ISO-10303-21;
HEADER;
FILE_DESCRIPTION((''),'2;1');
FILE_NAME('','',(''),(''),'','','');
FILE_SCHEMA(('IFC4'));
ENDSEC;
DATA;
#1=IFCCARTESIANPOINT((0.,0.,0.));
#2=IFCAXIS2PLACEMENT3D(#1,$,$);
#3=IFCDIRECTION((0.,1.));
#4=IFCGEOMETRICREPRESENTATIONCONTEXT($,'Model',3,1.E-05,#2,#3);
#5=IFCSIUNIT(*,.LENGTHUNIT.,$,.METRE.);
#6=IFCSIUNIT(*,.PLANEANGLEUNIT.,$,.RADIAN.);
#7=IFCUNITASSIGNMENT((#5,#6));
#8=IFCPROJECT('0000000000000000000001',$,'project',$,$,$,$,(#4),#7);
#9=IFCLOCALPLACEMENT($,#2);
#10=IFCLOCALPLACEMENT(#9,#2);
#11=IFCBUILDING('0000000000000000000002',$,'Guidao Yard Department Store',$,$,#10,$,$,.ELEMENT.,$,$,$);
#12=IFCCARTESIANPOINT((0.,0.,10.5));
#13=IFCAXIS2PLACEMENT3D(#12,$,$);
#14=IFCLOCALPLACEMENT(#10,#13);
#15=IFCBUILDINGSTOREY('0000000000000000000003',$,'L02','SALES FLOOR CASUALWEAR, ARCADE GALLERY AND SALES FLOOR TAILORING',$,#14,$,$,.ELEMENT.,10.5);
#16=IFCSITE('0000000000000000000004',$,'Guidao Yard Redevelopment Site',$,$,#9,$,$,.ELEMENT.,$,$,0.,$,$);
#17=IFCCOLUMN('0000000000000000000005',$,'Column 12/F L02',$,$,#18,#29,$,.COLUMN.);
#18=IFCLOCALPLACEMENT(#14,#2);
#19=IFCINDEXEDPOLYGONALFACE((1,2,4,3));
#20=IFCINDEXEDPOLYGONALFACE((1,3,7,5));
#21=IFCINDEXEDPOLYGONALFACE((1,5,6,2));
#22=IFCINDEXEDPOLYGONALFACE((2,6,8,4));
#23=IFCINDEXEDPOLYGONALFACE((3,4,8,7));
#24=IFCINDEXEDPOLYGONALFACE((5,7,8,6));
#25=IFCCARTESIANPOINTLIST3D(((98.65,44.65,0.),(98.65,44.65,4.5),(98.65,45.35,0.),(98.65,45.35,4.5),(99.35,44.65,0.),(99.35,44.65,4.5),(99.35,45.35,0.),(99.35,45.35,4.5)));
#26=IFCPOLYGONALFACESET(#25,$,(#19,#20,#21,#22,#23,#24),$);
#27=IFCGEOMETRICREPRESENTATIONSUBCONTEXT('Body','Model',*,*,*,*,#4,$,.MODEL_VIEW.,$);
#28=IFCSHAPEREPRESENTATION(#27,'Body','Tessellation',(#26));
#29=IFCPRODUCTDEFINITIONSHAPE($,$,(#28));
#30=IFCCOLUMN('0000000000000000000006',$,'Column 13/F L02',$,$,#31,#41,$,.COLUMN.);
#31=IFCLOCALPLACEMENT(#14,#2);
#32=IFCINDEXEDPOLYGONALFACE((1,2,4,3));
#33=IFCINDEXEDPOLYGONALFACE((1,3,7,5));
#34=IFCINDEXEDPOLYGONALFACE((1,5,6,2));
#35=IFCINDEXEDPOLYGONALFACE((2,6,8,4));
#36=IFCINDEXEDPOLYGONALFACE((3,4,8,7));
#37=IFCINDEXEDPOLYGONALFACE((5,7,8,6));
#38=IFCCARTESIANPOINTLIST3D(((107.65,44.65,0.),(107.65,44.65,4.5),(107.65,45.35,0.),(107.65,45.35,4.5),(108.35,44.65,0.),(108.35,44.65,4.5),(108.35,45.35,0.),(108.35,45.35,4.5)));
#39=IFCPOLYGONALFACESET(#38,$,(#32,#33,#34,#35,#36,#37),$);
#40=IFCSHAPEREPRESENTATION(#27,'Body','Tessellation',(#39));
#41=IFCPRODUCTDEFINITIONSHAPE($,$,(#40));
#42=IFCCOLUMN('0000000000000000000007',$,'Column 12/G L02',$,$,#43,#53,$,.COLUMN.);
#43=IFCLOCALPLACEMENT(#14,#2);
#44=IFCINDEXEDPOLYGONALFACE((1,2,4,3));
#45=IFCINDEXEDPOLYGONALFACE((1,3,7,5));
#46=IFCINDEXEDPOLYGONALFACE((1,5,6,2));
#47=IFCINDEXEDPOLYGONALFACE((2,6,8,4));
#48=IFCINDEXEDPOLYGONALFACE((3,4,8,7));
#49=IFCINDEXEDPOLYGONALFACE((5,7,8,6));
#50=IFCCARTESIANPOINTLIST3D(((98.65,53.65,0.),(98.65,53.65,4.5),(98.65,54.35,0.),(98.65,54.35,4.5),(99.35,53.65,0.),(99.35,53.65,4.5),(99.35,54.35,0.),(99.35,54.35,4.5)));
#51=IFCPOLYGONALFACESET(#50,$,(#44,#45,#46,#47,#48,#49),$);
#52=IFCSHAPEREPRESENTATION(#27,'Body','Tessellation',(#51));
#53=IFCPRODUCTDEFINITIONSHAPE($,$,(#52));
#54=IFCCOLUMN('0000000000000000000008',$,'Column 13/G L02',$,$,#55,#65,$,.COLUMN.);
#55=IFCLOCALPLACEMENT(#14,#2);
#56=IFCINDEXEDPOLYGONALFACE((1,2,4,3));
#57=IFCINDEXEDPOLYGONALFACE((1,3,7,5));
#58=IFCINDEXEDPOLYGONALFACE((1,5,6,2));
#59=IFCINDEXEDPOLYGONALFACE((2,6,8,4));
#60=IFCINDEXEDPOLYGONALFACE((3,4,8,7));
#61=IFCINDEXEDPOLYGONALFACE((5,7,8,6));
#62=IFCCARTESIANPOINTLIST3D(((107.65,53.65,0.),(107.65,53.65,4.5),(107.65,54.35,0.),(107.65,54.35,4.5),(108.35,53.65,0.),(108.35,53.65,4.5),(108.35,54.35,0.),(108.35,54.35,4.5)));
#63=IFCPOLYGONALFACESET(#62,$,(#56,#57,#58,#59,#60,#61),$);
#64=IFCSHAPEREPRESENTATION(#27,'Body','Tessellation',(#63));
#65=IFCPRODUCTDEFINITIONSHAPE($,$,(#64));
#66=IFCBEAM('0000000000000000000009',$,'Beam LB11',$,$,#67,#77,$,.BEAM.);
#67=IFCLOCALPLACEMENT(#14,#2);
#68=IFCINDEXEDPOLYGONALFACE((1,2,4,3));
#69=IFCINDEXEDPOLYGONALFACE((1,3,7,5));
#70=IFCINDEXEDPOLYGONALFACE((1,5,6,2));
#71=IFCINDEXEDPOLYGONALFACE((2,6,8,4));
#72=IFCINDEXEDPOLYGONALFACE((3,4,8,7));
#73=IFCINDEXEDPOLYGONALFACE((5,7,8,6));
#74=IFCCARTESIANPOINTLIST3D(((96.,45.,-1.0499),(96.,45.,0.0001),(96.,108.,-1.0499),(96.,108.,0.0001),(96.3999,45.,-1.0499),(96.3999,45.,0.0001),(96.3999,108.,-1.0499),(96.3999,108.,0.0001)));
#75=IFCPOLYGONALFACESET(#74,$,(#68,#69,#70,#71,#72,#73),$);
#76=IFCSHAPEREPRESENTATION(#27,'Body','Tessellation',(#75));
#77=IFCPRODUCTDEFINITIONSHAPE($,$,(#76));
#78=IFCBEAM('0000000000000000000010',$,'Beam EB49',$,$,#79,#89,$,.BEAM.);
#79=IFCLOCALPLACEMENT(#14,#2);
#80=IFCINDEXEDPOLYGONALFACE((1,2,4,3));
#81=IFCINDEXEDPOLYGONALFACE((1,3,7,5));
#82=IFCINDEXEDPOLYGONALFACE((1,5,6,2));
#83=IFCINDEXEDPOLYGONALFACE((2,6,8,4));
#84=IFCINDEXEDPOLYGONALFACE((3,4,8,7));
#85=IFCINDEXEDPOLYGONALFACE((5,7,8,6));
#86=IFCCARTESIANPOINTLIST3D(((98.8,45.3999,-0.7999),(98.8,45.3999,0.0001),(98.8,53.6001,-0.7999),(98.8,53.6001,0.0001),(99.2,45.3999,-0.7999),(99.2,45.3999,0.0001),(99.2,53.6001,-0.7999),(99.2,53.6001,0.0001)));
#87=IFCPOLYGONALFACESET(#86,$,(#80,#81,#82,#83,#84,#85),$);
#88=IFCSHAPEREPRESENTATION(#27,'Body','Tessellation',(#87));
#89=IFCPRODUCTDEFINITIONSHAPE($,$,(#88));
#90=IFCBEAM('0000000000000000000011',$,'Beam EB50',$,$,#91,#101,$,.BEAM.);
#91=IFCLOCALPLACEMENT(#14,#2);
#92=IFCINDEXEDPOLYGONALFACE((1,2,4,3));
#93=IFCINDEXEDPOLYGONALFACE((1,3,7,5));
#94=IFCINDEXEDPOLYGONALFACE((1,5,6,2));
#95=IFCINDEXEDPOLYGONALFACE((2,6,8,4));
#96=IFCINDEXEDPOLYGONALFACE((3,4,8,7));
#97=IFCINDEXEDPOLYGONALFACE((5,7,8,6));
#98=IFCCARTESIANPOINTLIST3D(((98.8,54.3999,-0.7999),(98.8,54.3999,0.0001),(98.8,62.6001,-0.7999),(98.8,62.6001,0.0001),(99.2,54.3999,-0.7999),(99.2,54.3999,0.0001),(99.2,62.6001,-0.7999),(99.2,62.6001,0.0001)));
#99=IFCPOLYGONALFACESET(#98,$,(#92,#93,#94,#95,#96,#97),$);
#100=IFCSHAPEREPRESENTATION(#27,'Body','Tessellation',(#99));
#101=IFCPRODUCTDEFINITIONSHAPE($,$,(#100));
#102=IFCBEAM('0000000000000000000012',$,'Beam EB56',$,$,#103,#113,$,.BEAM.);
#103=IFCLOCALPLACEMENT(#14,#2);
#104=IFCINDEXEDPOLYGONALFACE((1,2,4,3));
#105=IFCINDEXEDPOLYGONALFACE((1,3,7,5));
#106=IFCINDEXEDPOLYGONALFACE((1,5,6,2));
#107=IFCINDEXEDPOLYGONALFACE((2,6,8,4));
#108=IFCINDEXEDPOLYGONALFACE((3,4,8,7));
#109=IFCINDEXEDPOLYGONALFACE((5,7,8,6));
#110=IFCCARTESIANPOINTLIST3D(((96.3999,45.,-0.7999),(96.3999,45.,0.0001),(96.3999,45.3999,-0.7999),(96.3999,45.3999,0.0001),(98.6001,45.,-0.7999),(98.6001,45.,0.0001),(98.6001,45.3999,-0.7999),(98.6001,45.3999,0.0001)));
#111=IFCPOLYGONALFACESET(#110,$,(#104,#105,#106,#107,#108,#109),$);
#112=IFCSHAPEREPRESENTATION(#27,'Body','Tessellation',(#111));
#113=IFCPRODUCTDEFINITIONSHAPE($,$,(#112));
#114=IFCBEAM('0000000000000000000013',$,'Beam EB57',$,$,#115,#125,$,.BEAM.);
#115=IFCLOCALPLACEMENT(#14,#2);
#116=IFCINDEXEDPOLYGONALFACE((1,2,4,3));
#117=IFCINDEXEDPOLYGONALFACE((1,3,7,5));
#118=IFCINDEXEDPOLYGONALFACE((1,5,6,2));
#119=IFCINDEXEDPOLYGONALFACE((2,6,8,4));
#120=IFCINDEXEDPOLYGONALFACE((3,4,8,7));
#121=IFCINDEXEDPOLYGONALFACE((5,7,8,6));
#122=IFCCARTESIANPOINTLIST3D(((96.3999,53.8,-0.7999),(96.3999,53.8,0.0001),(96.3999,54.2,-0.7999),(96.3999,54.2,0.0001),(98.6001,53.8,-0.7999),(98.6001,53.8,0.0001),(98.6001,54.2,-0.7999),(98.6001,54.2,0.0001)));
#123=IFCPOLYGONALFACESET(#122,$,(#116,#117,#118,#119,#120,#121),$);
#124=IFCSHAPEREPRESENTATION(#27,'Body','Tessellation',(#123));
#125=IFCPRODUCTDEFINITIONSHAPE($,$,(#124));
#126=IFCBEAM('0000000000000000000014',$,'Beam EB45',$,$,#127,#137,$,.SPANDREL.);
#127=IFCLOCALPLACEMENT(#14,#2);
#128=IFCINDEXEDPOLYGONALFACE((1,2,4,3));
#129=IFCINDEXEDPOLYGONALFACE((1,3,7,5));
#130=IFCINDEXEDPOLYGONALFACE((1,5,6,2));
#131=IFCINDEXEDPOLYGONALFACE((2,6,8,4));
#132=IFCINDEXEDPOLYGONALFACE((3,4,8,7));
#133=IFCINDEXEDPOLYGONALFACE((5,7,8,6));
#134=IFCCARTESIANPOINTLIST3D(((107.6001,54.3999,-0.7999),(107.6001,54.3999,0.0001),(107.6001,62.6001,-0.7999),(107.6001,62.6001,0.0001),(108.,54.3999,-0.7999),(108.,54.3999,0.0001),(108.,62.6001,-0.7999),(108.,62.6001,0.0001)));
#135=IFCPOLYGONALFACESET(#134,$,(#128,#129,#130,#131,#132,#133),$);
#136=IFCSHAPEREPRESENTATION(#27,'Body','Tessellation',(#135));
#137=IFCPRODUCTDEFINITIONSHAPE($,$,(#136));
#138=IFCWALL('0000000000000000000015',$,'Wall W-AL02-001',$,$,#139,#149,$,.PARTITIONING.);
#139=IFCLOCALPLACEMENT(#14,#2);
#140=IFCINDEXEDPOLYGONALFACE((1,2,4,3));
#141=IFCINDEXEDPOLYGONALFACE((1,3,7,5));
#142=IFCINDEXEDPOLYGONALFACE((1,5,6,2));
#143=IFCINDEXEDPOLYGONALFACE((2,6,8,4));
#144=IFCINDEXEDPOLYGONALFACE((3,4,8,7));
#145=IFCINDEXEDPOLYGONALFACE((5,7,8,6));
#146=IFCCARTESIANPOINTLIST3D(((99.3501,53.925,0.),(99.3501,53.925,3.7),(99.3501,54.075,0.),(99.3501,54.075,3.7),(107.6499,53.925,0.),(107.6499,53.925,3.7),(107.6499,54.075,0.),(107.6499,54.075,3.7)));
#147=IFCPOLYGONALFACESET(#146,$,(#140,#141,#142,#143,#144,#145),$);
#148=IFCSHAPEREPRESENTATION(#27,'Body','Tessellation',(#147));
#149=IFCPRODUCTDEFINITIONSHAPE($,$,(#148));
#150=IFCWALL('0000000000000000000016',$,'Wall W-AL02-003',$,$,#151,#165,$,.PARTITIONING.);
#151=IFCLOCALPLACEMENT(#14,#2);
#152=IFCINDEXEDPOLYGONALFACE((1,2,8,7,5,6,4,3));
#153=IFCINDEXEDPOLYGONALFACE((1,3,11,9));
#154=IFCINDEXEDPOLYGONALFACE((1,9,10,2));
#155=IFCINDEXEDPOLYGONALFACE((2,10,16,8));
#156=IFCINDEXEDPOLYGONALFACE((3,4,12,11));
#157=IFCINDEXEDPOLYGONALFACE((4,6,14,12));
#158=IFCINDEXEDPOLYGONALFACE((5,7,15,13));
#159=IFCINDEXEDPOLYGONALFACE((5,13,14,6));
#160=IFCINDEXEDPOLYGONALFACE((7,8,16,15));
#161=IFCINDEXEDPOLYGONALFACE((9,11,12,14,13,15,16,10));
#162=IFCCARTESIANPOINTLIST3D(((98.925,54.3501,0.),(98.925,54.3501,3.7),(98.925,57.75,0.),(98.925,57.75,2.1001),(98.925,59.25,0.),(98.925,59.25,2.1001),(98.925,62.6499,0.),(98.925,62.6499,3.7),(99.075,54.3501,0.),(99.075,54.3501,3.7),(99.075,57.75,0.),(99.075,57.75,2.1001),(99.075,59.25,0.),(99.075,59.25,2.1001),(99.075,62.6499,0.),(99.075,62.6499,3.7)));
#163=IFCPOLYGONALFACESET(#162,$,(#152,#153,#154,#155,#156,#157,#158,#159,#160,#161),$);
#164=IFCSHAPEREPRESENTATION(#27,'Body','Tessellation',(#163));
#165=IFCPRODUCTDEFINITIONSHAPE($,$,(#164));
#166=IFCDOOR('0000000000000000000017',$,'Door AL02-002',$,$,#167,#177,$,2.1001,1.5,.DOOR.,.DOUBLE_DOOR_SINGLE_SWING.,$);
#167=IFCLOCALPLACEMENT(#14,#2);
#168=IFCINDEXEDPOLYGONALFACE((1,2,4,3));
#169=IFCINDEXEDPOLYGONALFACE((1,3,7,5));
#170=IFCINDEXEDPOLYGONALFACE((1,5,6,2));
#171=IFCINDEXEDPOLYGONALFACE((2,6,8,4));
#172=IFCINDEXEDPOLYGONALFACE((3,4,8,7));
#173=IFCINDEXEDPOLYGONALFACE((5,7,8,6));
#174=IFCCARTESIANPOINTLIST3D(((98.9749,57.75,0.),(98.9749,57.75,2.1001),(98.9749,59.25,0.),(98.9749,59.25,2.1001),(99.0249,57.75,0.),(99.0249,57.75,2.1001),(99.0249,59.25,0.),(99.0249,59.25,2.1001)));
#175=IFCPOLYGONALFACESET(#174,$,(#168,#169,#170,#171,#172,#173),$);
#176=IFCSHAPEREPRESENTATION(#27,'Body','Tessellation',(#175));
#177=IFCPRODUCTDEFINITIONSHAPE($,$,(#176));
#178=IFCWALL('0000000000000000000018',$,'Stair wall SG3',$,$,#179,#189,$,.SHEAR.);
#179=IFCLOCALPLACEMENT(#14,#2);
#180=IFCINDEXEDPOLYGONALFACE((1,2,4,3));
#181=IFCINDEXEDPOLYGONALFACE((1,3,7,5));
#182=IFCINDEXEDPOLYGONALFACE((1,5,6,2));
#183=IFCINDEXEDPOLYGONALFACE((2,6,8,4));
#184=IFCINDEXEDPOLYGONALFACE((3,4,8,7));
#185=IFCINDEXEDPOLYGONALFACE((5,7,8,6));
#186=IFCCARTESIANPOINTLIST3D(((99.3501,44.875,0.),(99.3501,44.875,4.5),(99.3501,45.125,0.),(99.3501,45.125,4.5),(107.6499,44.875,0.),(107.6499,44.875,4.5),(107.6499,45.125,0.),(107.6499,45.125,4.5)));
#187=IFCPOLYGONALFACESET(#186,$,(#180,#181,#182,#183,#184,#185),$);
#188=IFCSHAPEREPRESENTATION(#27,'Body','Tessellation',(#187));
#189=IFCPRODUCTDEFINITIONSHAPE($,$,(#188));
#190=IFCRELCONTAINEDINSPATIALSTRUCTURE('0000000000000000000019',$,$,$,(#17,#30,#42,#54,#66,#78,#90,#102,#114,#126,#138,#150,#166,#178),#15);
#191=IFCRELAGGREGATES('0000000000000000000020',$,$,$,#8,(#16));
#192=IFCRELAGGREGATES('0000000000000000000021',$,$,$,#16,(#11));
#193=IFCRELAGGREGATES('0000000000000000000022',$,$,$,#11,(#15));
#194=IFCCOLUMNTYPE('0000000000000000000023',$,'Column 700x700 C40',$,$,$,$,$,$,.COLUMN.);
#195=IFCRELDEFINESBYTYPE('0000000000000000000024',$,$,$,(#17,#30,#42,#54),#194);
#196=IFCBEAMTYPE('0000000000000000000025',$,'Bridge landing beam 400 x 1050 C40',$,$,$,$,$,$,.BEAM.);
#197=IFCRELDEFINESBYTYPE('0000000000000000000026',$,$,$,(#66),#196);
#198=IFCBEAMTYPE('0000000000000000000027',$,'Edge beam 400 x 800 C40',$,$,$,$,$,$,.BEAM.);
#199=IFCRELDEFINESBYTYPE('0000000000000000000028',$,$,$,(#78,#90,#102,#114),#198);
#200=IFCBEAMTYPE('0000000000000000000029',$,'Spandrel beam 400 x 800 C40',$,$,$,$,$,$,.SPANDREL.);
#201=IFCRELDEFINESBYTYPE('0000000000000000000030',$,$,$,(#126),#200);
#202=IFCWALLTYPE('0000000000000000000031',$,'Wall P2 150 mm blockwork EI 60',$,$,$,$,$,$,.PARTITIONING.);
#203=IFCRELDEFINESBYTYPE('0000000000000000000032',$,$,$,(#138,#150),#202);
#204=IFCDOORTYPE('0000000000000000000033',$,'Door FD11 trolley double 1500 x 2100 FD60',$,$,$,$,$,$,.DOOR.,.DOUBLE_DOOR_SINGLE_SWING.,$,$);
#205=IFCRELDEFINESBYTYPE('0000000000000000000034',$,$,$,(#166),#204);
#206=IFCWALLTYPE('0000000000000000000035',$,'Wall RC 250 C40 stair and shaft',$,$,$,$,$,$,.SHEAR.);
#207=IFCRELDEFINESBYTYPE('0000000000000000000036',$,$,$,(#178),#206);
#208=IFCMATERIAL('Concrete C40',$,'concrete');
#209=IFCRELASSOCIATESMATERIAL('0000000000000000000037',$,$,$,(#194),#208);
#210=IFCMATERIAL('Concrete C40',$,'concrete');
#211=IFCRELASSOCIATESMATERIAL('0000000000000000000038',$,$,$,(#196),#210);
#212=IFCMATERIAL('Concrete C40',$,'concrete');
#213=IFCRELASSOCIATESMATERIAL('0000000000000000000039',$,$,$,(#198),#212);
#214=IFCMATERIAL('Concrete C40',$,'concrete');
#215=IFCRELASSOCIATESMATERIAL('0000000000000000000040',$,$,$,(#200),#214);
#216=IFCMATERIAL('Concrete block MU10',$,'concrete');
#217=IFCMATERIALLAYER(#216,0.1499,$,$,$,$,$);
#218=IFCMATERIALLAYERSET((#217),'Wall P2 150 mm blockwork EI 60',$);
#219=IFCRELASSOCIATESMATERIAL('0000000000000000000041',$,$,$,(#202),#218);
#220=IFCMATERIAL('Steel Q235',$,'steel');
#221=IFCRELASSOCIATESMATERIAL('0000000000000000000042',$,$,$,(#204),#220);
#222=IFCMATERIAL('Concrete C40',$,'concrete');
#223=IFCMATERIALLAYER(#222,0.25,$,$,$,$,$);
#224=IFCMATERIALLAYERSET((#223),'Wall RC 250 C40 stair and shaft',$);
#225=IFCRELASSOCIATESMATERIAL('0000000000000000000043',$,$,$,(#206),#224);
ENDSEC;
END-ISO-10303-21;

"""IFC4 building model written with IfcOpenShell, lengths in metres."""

from ifc_helpers import new_model, si_unit, direction, frame, frame_2d, origin, origin_2d, place, context, subcontext, project, spatial, rectangle, extrude, material, layer, layer_set, material_profile, profile_set, type_object, element, fill, save


model = new_model("IFC4")

# Units and contexts
model_context = context("Model", 3, precision=1e-05, world=origin(), true_north=direction((0.0, 1.0)))
body_context = subcontext(model_context, "Body", "Model", "MODEL_VIEW")
ifc_project = project(units=[si_unit("LENGTHUNIT", "METRE"), si_unit("PLANEANGLEUNIT", "RADIAN")], contexts=[model_context])

# Site, building, storey
site_placement = place(None, origin())
site = spatial("IfcSite", under=ifc_project, at=site_placement, Name="Guidao Yard Redevelopment Site", CompositionType="ELEMENT", RefElevation=0.0)
building_placement = place(site_placement, origin())
building = spatial("IfcBuilding", under=site, at=building_placement, Name="Guidao Yard Department Store", CompositionType="ELEMENT")
storey_placement = place(building_placement, frame((0.0, 0.0, 10.5)))
storey = spatial("IfcBuildingStorey", under=building, at=storey_placement, Name="L02", Description="SALES FLOOR CASUALWEAR, ARCADE GALLERY AND SALES FLOOR TAILORING", CompositionType="ELEMENT", Elevation=10.5)

# Columns
ifc_material_1 = material(Name="Concrete C40", Category="concrete")
ifc_material_profile_1 = material_profile(ifc_material_1, rectangle(XDim=0.7, YDim=0.7, at=origin_2d()), Name="COL 700x700")
ifc_profile_set_1 = profile_set([ifc_material_profile_1], Name="Concrete C40")
column_type = type_object("IfcColumnType", Name="Column 700x700 C40", PredefinedType="COLUMN", material=ifc_profile_set_1)
for number, where, z_axis, x_axis, name in (
    (1, (99.0, 45.0, 0.0), (0.0, 0.0, 1.0), (1.0, 0.0, 0.0), "Column 12/F L02"),
    (2, (108.0, 45.0, 0.0), (0.0, 0.0, 1.0), (1.0, 0.0, 0.0), "Column 13/F L02"),
    (3, (99.0, 54.0, 0.0), (0.0, 0.0, 1.0), (1.0, 0.0, 0.0), "Column 12/G L02"),
    (4, (108.0, 54.0, 0.0), (0.0, 0.0, 1.0), (1.0, 0.0, 0.0), "Column 13/G L02"),
):
    element("IfcColumn", number, at=place(storey_placement, frame(where, z_axis=z_axis, x_axis=x_axis)), inside=storey, type_object=column_type, Name=name, PredefinedType="COLUMN", context=body_context, shape_type="SweptSolid", body=[
        extrude(rectangle(XDim=0.7, YDim=0.7, at=origin_2d()), origin(), (0.0, 0.0, 1.0), 4.5),
    ])

# Beams
ifc_material_2 = material(Name="Concrete C40", Category="concrete")
ifc_material_profile_2 = material_profile(ifc_material_2, rectangle(XDim=0.3999, YDim=1.05, at=origin_2d()), Name="Bridge landing beam 400 x 1050 C40")
ifc_profile_set_2 = profile_set([ifc_material_profile_2], Name="Concrete C40")
beam_type_1 = type_object("IfcBeamType", Name="Bridge landing beam 400 x 1050 C40", PredefinedType="BEAM", material=ifc_profile_set_2)
beam_1_placement = place(storey_placement, frame((96.2, 45.0, -0.5249), z_axis=(0.0, 1.0, 0.0), x_axis=(-1.0, 0.0, 0.0)))
element("IfcBeam", 5, at=beam_1_placement, inside=storey, type_object=beam_type_1, Name="Beam LB11", PredefinedType="BEAM", context=body_context, shape_type="SweptSolid", body=[
    extrude(rectangle(XDim=0.3999, YDim=1.05, at=origin_2d()), origin(), (0.0, 0.0, 1.0), 63.0),
])
ifc_material_3 = material(Name="Concrete C40", Category="concrete")
ifc_material_profile_3 = material_profile(ifc_material_3, rectangle(XDim=0.3999, YDim=0.8, at=origin_2d()), Name="Edge beam 400 x 800 C40")
ifc_profile_set_3 = profile_set([ifc_material_profile_3], Name="Concrete C40")
beam_type_2 = type_object("IfcBeamType", Name="Edge beam 400 x 800 C40", PredefinedType="BEAM", material=ifc_profile_set_3)
for number, where, z_axis, x_axis, name in (
    (6, (99.0, 45.3999, -0.3999), (0.0, 1.0, 0.0), (-1.0, 0.0, 0.0), "Beam EB49"),
    (7, (99.0, 54.3999, -0.3999), (0.0, 1.0, 0.0), (-1.0, 0.0, 0.0), "Beam EB50"),
):
    element("IfcBeam", number, at=place(storey_placement, frame(where, z_axis=z_axis, x_axis=x_axis)), inside=storey, type_object=beam_type_2, Name=name, PredefinedType="BEAM", context=body_context, shape_type="SweptSolid", body=[
        extrude(rectangle(XDim=0.3999, YDim=0.8, at=origin_2d()), origin(), (0.0, 0.0, 1.0), 8.2002),
    ])
for number, where, z_axis, x_axis, name in (
    (8, (96.3999, 45.2, -0.3999), (1.0, 0.0, 0.0), (0.0, 1.0, 0.0), "Beam EB56"),
    (9, (96.3999, 54.0, -0.3999), (1.0, 0.0, 0.0), (0.0, 1.0, 0.0), "Beam EB57"),
):
    element("IfcBeam", number, at=place(storey_placement, frame(where, z_axis=z_axis, x_axis=x_axis)), inside=storey, type_object=beam_type_2, Name=name, PredefinedType="BEAM", context=body_context, shape_type="SweptSolid", body=[
        extrude(rectangle(XDim=0.3999, YDim=0.8, at=origin_2d()), origin(), (0.0, 0.0, 1.0), 2.2002),
    ])
ifc_material_4 = material(Name="Concrete C40", Category="concrete")
ifc_material_profile_4 = material_profile(ifc_material_4, rectangle(XDim=0.3999, YDim=0.8, at=origin_2d()), Name="Spandrel beam 400 x 800 C40")
ifc_profile_set_4 = profile_set([ifc_material_profile_4], Name="Concrete C40")
beam_type_3 = type_object("IfcBeamType", Name="Spandrel beam 400 x 800 C40", PredefinedType="SPANDREL", material=ifc_profile_set_4)
beam_2_placement = place(storey_placement, frame((107.8, 54.3999, -0.3999), z_axis=(0.0, 1.0, 0.0), x_axis=(-1.0, 0.0, 0.0)))
element("IfcBeam", 10, at=beam_2_placement, inside=storey, type_object=beam_type_3, Name="Beam EB45", PredefinedType="SPANDREL", context=body_context, shape_type="SweptSolid", body=[
    extrude(rectangle(XDim=0.3999, YDim=0.8, at=origin_2d()), origin(), (0.0, 0.0, 1.0), 8.2002),
])

# Wall
ifc_material_5 = material(Name="Concrete block MU10", Category="concrete")
ifc_layer_1 = layer(ifc_material_5, 0.1499)
ifc_layer_set_1 = layer_set([ifc_layer_1], Name="Wall P2 150 mm blockwork EI 60")
wall_type_1 = type_object("IfcWallType", Name="Wall P2 150 mm blockwork EI 60", PredefinedType="PARTITIONING", material=ifc_layer_set_1)
wall_1_placement = place(storey_placement, frame((99.3501, 54.0, 0.0), z_axis=(0.0, 0.0, 1.0), x_axis=(1.0, 0.0, 0.0)))
element("IfcWall", 11, at=wall_1_placement, inside=storey, type_object=wall_type_1, Name="Wall W-AL02-001", PredefinedType="PARTITIONING", context=body_context, shape_type="SweptSolid", body=[
    extrude(rectangle(XDim=8.2998, YDim=0.1499, at=frame_2d((4.1499, 0.0))), origin(), (0.0, 0.0, 1.0), 3.7),
])

# Wall, opening, door
wall_2_placement = place(storey_placement, frame((99.0, 54.3501, 0.0), z_axis=(0.0, 0.0, 1.0), x_axis=(0.0, 1.0, 0.0)))
wall_2 = element("IfcWall", 12, at=wall_2_placement, inside=storey, type_object=wall_type_1, Name="Wall W-AL02-003", PredefinedType="PARTITIONING", context=body_context, shape_type="SweptSolid", body=[
    extrude(rectangle(XDim=8.2998, YDim=0.1499, at=frame_2d((4.1499, 0.0))), origin(), (0.0, 0.0, 1.0), 3.7),
])
opening_1_placement = place(wall_2_placement, frame((4.8999, 0.0, 0.0), z_axis=(0.0, 0.0, 1.0), x_axis=(-1.0, 0.0, 0.0)))
opening_1 = element("IfcOpeningElement", 13, at=opening_1_placement, cuts=wall_2, PredefinedType="OPENING", context=body_context, shape_type="SweptSolid", body=[
    extrude(rectangle(XDim=1.5, YDim=2.1001, at=frame_2d((0.75, 1.05))), frame((0.0, 0.085, 0.0), z_axis=(0.0, -1.0, 0.0), x_axis=(1.0, 0.0, 0.0)), (0.0, 0.0, 1.0), 0.1699),
])
ifc_material_6 = material(Name="Steel Q235", Category="steel")
door_type_1 = type_object("IfcDoorType", Name="Door FD11 trolley double 1500 x 2100 FD60", OperationType="DOUBLE_DOOR_SINGLE_SWING", PredefinedType="DOOR", material=ifc_material_6)
door_1_placement = place(opening_1_placement, origin())
door_1 = element("IfcDoor", 14, at=door_1_placement, inside=storey, type_object=door_type_1, Name="Door AL02-002", OperationType="DOUBLE_DOOR_SINGLE_SWING", OverallHeight=2.1001, OverallWidth=1.5, PredefinedType="DOOR", context=body_context, shape_type="SweptSolid", body=[
    extrude(rectangle(XDim=1.5, YDim=2.1001, at=frame_2d((0.75, 1.05))), frame((0.0, 0.0249, 0.0), z_axis=(0.0, -1.0, 0.0), x_axis=(1.0, 0.0, 0.0)), (0.0, 0.0, 1.0), 0.05),
])
fill(opening_1, door_1)

# Wall
ifc_material_7 = material(Name="Concrete C40", Category="concrete")
ifc_layer_2 = layer(ifc_material_7, 0.25)
ifc_layer_set_2 = layer_set([ifc_layer_2], Name="Wall RC 250 C40 stair and shaft")
wall_type_2 = type_object("IfcWallType", Name="Wall RC 250 C40 stair and shaft", PredefinedType="SHEAR", material=ifc_layer_set_2)
wall_3_placement = place(storey_placement, frame((99.3501, 45.0, 0.0), z_axis=(0.0, 0.0, 1.0), x_axis=(1.0, 0.0, 0.0)))
element("IfcWall", 15, at=wall_3_placement, inside=storey, type_object=wall_type_2, Name="Stair wall SG3", PredefinedType="SHEAR", context=body_context, shape_type="SweptSolid", body=[
    extrude(rectangle(XDim=8.2998, YDim=0.25, at=frame_2d((4.1499, 0.0))), origin(), (0.0, 0.0, 1.0), 4.5),
])

save(model, "model.ifc")
